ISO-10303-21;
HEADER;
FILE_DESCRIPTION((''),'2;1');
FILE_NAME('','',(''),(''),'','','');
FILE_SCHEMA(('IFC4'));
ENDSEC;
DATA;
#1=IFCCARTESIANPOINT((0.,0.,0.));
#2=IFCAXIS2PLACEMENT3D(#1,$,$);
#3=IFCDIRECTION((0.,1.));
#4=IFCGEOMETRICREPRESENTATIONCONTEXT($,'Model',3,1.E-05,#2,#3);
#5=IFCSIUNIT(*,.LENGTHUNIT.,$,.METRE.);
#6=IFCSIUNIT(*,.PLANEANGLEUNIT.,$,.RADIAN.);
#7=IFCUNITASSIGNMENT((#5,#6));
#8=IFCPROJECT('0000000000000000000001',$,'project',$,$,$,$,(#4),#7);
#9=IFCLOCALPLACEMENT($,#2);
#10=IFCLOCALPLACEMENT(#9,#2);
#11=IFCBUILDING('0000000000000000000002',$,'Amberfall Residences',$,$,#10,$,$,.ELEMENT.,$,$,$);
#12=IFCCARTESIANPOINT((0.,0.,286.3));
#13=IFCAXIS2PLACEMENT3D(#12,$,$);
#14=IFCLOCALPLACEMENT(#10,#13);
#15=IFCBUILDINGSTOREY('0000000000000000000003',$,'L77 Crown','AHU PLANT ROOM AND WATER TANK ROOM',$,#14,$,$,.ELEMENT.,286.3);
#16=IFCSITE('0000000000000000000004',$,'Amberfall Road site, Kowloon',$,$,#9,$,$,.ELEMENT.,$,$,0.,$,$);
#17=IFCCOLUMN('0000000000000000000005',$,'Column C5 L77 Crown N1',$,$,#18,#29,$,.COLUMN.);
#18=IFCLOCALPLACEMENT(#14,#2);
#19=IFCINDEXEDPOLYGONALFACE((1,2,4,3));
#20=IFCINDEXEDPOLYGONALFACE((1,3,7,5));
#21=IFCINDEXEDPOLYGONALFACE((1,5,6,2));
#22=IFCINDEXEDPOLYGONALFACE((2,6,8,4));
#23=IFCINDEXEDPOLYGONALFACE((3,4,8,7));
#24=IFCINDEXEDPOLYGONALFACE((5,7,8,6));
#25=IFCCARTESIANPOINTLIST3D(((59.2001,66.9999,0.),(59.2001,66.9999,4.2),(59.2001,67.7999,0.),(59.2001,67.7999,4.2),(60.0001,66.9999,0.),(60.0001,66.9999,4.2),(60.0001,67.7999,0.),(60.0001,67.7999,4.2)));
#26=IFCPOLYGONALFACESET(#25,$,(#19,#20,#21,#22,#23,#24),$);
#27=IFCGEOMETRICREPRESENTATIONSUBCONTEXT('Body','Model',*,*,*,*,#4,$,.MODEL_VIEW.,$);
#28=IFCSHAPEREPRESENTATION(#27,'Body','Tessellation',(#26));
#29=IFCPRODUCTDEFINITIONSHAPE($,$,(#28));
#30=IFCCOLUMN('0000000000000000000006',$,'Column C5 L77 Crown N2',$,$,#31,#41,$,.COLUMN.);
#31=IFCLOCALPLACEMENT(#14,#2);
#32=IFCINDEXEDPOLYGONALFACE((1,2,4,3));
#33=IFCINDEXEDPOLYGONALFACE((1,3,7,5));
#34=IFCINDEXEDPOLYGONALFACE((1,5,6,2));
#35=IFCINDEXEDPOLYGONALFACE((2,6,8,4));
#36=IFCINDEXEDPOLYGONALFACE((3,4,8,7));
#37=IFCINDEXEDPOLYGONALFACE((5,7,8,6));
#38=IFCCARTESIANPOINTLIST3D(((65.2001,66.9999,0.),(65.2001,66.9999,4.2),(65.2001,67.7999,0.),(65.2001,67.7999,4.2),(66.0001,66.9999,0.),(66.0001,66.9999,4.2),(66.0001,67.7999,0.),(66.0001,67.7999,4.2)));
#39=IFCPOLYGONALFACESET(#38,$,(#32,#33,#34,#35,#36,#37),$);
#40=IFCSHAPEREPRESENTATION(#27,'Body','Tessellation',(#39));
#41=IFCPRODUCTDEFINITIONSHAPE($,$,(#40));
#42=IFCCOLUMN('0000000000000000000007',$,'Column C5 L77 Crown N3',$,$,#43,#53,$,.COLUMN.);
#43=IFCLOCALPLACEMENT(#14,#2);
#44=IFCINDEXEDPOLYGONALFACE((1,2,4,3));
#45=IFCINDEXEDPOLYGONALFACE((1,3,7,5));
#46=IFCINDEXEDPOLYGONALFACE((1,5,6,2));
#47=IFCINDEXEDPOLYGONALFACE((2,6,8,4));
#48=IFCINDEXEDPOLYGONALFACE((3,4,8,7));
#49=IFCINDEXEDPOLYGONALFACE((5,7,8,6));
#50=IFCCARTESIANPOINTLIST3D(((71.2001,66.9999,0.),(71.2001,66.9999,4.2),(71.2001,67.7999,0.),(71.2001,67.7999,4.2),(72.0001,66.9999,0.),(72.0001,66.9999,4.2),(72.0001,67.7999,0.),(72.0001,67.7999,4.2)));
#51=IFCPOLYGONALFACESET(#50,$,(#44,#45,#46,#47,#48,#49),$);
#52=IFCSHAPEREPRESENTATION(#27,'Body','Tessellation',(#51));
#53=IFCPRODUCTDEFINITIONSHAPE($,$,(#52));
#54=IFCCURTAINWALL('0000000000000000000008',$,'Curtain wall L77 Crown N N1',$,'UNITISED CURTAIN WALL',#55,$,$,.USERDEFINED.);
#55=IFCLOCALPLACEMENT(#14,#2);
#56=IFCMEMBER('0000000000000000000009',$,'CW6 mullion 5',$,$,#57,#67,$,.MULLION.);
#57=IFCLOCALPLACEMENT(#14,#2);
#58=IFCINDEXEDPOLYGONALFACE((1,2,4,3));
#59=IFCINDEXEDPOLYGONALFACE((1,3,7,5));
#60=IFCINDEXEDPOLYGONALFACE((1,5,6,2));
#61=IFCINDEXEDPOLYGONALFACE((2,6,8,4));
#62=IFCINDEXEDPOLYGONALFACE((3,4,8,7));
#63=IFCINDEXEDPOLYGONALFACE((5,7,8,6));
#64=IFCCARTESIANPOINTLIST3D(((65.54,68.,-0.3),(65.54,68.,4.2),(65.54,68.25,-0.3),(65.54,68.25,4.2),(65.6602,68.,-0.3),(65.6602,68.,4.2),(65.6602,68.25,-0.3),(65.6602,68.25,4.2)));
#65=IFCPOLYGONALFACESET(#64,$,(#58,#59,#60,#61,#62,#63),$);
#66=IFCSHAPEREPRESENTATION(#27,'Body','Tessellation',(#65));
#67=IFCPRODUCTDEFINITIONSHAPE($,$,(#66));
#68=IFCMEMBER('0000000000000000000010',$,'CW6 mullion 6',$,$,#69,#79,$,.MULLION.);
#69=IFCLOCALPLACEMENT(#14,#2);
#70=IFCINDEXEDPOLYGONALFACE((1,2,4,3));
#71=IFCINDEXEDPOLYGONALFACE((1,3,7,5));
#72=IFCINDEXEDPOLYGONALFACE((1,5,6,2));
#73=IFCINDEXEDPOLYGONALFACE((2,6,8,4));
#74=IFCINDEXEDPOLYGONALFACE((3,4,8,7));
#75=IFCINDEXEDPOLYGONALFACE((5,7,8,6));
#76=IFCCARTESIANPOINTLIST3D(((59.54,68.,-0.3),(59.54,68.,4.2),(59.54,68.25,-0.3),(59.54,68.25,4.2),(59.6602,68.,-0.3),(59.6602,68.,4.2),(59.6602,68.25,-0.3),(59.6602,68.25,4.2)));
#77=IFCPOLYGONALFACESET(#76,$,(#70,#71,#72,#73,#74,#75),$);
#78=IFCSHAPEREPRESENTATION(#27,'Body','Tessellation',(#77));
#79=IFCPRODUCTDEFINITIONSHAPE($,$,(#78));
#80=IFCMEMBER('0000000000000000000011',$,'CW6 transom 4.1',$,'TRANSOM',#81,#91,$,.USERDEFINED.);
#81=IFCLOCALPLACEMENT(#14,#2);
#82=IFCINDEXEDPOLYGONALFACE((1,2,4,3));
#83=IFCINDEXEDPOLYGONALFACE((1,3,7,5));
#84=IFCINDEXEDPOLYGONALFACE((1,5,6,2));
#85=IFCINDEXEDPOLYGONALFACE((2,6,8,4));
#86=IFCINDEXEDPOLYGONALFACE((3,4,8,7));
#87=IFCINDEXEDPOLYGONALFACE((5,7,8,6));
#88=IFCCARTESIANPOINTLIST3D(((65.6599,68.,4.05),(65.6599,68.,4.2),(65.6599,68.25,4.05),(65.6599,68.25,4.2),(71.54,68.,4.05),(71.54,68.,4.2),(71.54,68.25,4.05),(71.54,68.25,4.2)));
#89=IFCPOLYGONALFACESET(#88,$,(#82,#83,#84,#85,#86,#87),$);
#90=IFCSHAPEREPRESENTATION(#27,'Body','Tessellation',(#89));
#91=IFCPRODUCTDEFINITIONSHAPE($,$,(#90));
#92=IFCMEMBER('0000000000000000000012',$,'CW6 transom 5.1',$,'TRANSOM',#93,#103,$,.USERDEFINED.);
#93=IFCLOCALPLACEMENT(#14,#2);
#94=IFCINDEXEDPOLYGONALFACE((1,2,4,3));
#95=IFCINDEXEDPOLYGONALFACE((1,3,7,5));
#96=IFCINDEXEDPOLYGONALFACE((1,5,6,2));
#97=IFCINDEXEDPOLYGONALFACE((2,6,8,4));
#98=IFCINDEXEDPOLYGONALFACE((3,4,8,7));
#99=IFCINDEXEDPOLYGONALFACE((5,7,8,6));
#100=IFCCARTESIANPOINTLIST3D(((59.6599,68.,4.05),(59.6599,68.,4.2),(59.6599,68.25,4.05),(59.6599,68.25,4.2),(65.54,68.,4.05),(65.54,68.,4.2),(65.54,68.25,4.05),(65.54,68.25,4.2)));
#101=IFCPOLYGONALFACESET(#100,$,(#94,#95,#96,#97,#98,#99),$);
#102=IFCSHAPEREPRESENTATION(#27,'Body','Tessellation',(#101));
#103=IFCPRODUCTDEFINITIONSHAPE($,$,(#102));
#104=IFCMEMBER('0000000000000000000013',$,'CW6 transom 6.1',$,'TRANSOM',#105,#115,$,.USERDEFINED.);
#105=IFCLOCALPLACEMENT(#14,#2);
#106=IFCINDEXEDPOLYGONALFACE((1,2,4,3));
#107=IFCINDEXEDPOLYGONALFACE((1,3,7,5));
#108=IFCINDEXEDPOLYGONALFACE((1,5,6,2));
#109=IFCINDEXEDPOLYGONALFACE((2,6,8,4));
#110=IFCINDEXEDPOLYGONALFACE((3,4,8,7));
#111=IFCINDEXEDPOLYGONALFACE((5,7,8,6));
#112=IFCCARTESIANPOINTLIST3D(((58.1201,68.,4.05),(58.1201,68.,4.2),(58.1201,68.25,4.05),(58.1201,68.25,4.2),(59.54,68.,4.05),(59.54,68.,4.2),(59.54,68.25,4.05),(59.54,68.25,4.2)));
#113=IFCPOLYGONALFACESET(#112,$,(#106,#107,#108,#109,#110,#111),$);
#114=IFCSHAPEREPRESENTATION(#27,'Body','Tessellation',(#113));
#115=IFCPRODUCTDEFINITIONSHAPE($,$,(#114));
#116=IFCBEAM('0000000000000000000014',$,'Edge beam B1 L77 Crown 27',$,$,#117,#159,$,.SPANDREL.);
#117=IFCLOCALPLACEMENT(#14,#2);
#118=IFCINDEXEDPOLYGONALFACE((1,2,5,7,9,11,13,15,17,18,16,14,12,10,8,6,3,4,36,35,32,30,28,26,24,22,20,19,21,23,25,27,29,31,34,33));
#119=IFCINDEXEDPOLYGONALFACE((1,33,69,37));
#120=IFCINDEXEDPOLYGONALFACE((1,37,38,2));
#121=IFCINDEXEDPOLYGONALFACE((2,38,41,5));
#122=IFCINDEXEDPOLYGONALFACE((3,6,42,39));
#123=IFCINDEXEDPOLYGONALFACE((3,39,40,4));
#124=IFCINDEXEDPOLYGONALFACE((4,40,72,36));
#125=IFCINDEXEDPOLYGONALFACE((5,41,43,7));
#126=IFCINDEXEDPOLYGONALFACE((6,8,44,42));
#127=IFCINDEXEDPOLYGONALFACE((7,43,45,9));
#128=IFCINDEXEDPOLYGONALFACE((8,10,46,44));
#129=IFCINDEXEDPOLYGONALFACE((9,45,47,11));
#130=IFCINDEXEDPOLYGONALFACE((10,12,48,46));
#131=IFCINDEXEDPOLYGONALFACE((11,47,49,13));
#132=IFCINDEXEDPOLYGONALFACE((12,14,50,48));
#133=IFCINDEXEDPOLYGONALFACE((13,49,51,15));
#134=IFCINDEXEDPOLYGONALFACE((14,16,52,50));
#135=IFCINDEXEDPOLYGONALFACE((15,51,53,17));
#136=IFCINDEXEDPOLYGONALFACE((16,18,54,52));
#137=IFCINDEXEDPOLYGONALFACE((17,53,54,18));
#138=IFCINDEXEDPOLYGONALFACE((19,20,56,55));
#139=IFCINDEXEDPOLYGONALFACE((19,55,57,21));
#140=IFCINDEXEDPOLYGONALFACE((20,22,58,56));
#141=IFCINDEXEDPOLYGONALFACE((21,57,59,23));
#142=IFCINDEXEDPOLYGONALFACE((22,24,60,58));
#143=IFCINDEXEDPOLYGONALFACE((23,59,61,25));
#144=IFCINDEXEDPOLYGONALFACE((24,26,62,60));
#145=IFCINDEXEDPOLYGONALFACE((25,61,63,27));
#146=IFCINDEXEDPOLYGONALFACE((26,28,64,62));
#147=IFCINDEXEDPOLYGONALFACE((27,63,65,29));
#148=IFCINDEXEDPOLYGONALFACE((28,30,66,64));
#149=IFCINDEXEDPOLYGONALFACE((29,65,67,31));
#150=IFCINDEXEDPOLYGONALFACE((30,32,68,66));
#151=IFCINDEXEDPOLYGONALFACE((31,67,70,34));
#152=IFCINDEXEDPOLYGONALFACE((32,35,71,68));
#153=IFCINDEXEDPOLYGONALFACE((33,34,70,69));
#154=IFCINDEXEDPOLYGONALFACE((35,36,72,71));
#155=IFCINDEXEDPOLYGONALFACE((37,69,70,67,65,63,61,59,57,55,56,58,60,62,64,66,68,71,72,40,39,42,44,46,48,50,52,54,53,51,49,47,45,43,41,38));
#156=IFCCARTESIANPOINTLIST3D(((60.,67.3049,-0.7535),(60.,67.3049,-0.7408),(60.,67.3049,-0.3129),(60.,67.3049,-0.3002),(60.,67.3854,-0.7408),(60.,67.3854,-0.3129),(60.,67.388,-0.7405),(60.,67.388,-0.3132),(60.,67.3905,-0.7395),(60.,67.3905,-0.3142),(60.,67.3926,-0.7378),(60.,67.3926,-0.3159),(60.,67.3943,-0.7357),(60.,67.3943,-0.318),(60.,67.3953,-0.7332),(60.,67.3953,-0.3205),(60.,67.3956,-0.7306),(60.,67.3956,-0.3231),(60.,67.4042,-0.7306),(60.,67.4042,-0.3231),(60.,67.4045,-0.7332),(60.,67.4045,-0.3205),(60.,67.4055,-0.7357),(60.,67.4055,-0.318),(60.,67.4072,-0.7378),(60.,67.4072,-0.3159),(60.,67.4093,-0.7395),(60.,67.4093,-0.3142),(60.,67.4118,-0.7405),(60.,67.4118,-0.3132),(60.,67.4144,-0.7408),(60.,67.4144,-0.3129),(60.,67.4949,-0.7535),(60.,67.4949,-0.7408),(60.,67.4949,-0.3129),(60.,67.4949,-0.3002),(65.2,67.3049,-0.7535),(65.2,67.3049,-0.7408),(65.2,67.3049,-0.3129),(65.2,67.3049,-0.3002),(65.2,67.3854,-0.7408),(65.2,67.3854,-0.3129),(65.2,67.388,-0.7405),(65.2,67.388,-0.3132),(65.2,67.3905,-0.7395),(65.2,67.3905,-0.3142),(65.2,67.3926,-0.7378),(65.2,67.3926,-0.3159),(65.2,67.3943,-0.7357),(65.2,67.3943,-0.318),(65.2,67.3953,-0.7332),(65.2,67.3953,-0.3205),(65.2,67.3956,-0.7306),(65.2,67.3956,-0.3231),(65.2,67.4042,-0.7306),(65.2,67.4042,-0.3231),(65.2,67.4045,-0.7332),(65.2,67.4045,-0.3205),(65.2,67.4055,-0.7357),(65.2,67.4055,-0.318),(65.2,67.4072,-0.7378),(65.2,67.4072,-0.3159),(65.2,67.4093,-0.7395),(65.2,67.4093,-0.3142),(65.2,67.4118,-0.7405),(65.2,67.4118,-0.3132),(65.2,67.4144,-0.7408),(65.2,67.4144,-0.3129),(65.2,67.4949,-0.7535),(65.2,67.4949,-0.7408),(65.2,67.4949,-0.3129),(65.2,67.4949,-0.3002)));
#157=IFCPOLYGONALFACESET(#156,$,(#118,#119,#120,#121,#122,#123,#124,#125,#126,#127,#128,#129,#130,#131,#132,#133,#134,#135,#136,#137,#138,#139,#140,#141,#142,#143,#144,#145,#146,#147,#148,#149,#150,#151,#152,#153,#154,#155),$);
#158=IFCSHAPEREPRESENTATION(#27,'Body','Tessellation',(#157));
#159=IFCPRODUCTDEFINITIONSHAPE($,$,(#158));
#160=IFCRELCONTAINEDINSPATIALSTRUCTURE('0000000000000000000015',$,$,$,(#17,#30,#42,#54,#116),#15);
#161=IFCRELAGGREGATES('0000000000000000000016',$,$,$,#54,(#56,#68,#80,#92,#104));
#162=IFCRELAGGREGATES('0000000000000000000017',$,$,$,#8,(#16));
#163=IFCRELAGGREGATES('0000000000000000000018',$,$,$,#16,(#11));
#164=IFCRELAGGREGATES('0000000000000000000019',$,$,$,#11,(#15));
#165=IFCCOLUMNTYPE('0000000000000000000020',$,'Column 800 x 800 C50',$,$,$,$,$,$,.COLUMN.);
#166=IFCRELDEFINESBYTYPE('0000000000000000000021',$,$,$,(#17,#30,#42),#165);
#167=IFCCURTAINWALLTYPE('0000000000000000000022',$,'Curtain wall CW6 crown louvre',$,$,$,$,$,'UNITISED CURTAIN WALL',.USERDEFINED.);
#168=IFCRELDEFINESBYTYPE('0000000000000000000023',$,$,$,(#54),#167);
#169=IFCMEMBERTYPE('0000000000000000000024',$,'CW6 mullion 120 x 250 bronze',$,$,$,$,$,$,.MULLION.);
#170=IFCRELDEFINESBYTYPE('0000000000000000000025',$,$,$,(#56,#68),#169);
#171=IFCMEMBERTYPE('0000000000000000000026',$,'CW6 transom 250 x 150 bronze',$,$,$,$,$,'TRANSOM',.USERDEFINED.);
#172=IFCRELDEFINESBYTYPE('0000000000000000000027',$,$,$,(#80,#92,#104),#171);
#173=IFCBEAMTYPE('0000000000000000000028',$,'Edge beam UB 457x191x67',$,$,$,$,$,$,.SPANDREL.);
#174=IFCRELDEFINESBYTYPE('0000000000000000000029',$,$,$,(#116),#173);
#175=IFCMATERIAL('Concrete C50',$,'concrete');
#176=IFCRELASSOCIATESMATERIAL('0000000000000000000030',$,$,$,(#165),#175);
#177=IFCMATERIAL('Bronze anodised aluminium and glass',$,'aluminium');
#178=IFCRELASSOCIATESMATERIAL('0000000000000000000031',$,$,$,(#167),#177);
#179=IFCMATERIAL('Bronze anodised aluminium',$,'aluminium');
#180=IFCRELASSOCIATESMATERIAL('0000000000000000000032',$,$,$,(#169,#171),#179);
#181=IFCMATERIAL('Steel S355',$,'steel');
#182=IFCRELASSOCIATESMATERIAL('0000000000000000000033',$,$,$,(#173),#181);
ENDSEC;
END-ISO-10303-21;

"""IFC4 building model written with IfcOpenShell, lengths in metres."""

from ifc_helpers import new_model, si_unit, direction, frame, origin, origin_2d, place, context, subcontext, project, spatial, rectangle, i_section, extrude, material, material_profile, profile_set, type_object, element, aggregate, save


model = new_model("IFC4")

# Units and contexts
model_context = context("Model", 3, precision=1e-05, world=origin(), true_north=direction((0.0, 1.0)))
body_context = subcontext(model_context, "Body", "Model", "MODEL_VIEW")
ifc_project = project(units=[si_unit("LENGTHUNIT", "METRE"), si_unit("PLANEANGLEUNIT", "RADIAN")], contexts=[model_context])

# Site, building, storey
site_placement = place(None, origin())
site = spatial("IfcSite", under=ifc_project, at=site_placement, Name="Amberfall Road site, Kowloon", CompositionType="ELEMENT", RefElevation=0.0)
building_placement = place(site_placement, origin())
building = spatial("IfcBuilding", under=site, at=building_placement, Name="Amberfall Residences", CompositionType="ELEMENT")
storey_placement = place(building_placement, frame((0.0, 0.0, 286.3)))
storey = spatial("IfcBuildingStorey", under=building, at=storey_placement, Name="L77 Crown", Description="AHU PLANT ROOM AND WATER TANK ROOM", CompositionType="ELEMENT", Elevation=286.3)

# Columns
ifc_material_1 = material(Name="Concrete C50", Category="concrete")
ifc_material_profile_1 = material_profile(ifc_material_1, rectangle(XDim=0.8, YDim=0.8, at=origin_2d()), Name="Column 800 x 800 C50")
ifc_profile_set_1 = profile_set([ifc_material_profile_1], Name="Concrete C50")
column_type = type_object("IfcColumnType", Name="Column 800 x 800 C50", PredefinedType="COLUMN", material=ifc_profile_set_1)
for number, where, z_axis, x_axis, name in (
    (1, (59.6001, 67.3999, 0.0), (0.0, 0.0, 1.0), (1.0, 0.0, 0.0), "Column C5 L77 Crown N1"),
    (2, (65.6001, 67.3999, 0.0), (0.0, 0.0, 1.0), (1.0, 0.0, 0.0), "Column C5 L77 Crown N2"),
    (3, (71.6001, 67.3999, 0.0), (0.0, 0.0, 1.0), (1.0, 0.0, 0.0), "Column C5 L77 Crown N3"),
):
    element("IfcColumn", number, at=place(storey_placement, frame(where, z_axis=z_axis, x_axis=x_axis)), inside=storey, type_object=column_type, Name=name, PredefinedType="COLUMN", context=body_context, shape_type="SweptSolid", body=[
        extrude(rectangle(XDim=0.8, YDim=0.8, at=origin_2d()), origin(), (0.0, 0.0, 1.0), 4.2),
    ])

# Curtain wall, members
ifc_material_2 = material(Name="Bronze anodised aluminium and glass", Category="aluminium")
curtain_wall_type = type_object("IfcCurtainWallType", Name="Curtain wall CW6 crown louvre", ElementType="UNITISED CURTAIN WALL", PredefinedType="USERDEFINED", material=ifc_material_2)
curtain_wall_placement = place(storey_placement, origin())
curtain_wall = element("IfcCurtainWall", 4, at=curtain_wall_placement, inside=storey, type_object=curtain_wall_type, Name="Curtain wall L77 Crown N N1", ObjectType="UNITISED CURTAIN WALL", PredefinedType="USERDEFINED")
ifc_material_3 = material(Name="Bronze anodised aluminium", Category="aluminium")
ifc_material_profile_2 = material_profile(ifc_material_3, rectangle(XDim=0.25, YDim=0.1201, at=origin_2d()), Name="CW6 mullion 120 x 250 bronze")
ifc_profile_set_2 = profile_set([ifc_material_profile_2], Name="Bronze anodised aluminium")
member_type_1 = type_object("IfcMemberType", Name="CW6 mullion 120 x 250 bronze", PredefinedType="MULLION", material=ifc_profile_set_2)
member_1_placement = place(storey_placement, frame((65.6001, 68.125, -0.3), z_axis=(0.0, 0.0, 1.0), x_axis=(0.0, -1.0, 0.0)))
member_1 = element("IfcMember", 5, at=member_1_placement, type_object=member_type_1, Name="CW6 mullion 5", PredefinedType="MULLION", context=body_context, shape_type="SweptSolid", body=[
    extrude(rectangle(XDim=0.25, YDim=0.1201, at=origin_2d()), origin(), (0.0, 0.0, 1.0), 4.5),
])
member_2_placement = place(storey_placement, frame((59.6001, 68.125, -0.3), z_axis=(0.0, 0.0, 1.0), x_axis=(0.0, -1.0, 0.0)))
member_2 = element("IfcMember", 6, at=member_2_placement, type_object=member_type_1, Name="CW6 mullion 6", PredefinedType="MULLION", context=body_context, shape_type="SweptSolid", body=[
    extrude(rectangle(XDim=0.25, YDim=0.1201, at=origin_2d()), origin(), (0.0, 0.0, 1.0), 4.5),
])
ifc_material_profile_3 = material_profile(ifc_material_3, rectangle(XDim=0.25, YDim=0.1499, at=origin_2d()), Name="CW6 transom 250 x 150 bronze")
ifc_profile_set_3 = profile_set([ifc_material_profile_3], Name="Bronze anodised aluminium")
member_type_2 = type_object("IfcMemberType", Name="CW6 transom 250 x 150 bronze", ElementType="TRANSOM", PredefinedType="USERDEFINED", material=ifc_profile_set_3)
member_3_placement = place(storey_placement, frame((71.54, 68.125, 4.125), z_axis=(-1.0, 0.0, 0.0), x_axis=(0.0, -1.0, 0.0)))
member_3 = element("IfcMember", 7, at=member_3_placement, type_object=member_type_2, Name="CW6 transom 4.1", ObjectType="TRANSOM", PredefinedType="USERDEFINED", context=body_context, shape_type="SweptSolid", body=[
    extrude(rectangle(XDim=0.25, YDim=0.1499, at=origin_2d()), origin(), (0.0, 0.0, 1.0), 5.8801),
])
member_4_placement = place(storey_placement, frame((65.54, 68.125, 4.125), z_axis=(-1.0, 0.0, 0.0), x_axis=(0.0, -1.0, 0.0)))
member_4 = element("IfcMember", 8, at=member_4_placement, type_object=member_type_2, Name="CW6 transom 5.1", ObjectType="TRANSOM", PredefinedType="USERDEFINED", context=body_context, shape_type="SweptSolid", body=[
    extrude(rectangle(XDim=0.25, YDim=0.1499, at=origin_2d()), origin(), (0.0, 0.0, 1.0), 5.8801),
])
member_5_placement = place(storey_placement, frame((59.54, 68.125, 4.125), z_axis=(-1.0, 0.0, 0.0), x_axis=(0.0, -1.0, 0.0)))
member_5 = element("IfcMember", 9, at=member_5_placement, type_object=member_type_2, Name="CW6 transom 6.1", ObjectType="TRANSOM", PredefinedType="USERDEFINED", context=body_context, shape_type="SweptSolid", body=[
    extrude(rectangle(XDim=0.25, YDim=0.1499, at=origin_2d()), origin(), (0.0, 0.0, 1.0), 1.4199),
])

# Beam
ifc_material_4 = material(Name="Steel S355", Category="steel")
ifc_material_profile_4 = material_profile(ifc_material_4, i_section(OverallWidth=0.1899, OverallDepth=0.4534, WebThickness=0.0085, FlangeThickness=0.0127, FilletRadius=0.0103, at=origin_2d()), Name="UB 457x191x67")
ifc_profile_set_4 = profile_set([ifc_material_profile_4], Name="Steel S355")
beam_type_1 = type_object("IfcBeamType", Name="Edge beam UB 457x191x67", PredefinedType="SPANDREL", material=ifc_profile_set_4)
for number, where, z_axis, x_axis, name in (
    (10, (60.0, 67.3999, -0.5269), (1.0, 0.0, 0.0), (0.0, 1.0, 0.0), "Edge beam B1 L77 Crown 27"),
):
    element("IfcBeam", number, at=place(storey_placement, frame(where, z_axis=z_axis, x_axis=x_axis)), inside=storey, type_object=beam_type_1, Name=name, PredefinedType="SPANDREL", context=body_context, shape_type="SweptSolid", body=[
        extrude(i_section(OverallWidth=0.1899, OverallDepth=0.4534, WebThickness=0.0085, FlangeThickness=0.0127, FilletRadius=0.0103, at=origin_2d()), origin(), (0.0, 0.0, 1.0), 5.2),
    ])

aggregate(curtain_wall, [member_1, member_2, member_3, member_4, member_5])

save(model, "model.ifc")
